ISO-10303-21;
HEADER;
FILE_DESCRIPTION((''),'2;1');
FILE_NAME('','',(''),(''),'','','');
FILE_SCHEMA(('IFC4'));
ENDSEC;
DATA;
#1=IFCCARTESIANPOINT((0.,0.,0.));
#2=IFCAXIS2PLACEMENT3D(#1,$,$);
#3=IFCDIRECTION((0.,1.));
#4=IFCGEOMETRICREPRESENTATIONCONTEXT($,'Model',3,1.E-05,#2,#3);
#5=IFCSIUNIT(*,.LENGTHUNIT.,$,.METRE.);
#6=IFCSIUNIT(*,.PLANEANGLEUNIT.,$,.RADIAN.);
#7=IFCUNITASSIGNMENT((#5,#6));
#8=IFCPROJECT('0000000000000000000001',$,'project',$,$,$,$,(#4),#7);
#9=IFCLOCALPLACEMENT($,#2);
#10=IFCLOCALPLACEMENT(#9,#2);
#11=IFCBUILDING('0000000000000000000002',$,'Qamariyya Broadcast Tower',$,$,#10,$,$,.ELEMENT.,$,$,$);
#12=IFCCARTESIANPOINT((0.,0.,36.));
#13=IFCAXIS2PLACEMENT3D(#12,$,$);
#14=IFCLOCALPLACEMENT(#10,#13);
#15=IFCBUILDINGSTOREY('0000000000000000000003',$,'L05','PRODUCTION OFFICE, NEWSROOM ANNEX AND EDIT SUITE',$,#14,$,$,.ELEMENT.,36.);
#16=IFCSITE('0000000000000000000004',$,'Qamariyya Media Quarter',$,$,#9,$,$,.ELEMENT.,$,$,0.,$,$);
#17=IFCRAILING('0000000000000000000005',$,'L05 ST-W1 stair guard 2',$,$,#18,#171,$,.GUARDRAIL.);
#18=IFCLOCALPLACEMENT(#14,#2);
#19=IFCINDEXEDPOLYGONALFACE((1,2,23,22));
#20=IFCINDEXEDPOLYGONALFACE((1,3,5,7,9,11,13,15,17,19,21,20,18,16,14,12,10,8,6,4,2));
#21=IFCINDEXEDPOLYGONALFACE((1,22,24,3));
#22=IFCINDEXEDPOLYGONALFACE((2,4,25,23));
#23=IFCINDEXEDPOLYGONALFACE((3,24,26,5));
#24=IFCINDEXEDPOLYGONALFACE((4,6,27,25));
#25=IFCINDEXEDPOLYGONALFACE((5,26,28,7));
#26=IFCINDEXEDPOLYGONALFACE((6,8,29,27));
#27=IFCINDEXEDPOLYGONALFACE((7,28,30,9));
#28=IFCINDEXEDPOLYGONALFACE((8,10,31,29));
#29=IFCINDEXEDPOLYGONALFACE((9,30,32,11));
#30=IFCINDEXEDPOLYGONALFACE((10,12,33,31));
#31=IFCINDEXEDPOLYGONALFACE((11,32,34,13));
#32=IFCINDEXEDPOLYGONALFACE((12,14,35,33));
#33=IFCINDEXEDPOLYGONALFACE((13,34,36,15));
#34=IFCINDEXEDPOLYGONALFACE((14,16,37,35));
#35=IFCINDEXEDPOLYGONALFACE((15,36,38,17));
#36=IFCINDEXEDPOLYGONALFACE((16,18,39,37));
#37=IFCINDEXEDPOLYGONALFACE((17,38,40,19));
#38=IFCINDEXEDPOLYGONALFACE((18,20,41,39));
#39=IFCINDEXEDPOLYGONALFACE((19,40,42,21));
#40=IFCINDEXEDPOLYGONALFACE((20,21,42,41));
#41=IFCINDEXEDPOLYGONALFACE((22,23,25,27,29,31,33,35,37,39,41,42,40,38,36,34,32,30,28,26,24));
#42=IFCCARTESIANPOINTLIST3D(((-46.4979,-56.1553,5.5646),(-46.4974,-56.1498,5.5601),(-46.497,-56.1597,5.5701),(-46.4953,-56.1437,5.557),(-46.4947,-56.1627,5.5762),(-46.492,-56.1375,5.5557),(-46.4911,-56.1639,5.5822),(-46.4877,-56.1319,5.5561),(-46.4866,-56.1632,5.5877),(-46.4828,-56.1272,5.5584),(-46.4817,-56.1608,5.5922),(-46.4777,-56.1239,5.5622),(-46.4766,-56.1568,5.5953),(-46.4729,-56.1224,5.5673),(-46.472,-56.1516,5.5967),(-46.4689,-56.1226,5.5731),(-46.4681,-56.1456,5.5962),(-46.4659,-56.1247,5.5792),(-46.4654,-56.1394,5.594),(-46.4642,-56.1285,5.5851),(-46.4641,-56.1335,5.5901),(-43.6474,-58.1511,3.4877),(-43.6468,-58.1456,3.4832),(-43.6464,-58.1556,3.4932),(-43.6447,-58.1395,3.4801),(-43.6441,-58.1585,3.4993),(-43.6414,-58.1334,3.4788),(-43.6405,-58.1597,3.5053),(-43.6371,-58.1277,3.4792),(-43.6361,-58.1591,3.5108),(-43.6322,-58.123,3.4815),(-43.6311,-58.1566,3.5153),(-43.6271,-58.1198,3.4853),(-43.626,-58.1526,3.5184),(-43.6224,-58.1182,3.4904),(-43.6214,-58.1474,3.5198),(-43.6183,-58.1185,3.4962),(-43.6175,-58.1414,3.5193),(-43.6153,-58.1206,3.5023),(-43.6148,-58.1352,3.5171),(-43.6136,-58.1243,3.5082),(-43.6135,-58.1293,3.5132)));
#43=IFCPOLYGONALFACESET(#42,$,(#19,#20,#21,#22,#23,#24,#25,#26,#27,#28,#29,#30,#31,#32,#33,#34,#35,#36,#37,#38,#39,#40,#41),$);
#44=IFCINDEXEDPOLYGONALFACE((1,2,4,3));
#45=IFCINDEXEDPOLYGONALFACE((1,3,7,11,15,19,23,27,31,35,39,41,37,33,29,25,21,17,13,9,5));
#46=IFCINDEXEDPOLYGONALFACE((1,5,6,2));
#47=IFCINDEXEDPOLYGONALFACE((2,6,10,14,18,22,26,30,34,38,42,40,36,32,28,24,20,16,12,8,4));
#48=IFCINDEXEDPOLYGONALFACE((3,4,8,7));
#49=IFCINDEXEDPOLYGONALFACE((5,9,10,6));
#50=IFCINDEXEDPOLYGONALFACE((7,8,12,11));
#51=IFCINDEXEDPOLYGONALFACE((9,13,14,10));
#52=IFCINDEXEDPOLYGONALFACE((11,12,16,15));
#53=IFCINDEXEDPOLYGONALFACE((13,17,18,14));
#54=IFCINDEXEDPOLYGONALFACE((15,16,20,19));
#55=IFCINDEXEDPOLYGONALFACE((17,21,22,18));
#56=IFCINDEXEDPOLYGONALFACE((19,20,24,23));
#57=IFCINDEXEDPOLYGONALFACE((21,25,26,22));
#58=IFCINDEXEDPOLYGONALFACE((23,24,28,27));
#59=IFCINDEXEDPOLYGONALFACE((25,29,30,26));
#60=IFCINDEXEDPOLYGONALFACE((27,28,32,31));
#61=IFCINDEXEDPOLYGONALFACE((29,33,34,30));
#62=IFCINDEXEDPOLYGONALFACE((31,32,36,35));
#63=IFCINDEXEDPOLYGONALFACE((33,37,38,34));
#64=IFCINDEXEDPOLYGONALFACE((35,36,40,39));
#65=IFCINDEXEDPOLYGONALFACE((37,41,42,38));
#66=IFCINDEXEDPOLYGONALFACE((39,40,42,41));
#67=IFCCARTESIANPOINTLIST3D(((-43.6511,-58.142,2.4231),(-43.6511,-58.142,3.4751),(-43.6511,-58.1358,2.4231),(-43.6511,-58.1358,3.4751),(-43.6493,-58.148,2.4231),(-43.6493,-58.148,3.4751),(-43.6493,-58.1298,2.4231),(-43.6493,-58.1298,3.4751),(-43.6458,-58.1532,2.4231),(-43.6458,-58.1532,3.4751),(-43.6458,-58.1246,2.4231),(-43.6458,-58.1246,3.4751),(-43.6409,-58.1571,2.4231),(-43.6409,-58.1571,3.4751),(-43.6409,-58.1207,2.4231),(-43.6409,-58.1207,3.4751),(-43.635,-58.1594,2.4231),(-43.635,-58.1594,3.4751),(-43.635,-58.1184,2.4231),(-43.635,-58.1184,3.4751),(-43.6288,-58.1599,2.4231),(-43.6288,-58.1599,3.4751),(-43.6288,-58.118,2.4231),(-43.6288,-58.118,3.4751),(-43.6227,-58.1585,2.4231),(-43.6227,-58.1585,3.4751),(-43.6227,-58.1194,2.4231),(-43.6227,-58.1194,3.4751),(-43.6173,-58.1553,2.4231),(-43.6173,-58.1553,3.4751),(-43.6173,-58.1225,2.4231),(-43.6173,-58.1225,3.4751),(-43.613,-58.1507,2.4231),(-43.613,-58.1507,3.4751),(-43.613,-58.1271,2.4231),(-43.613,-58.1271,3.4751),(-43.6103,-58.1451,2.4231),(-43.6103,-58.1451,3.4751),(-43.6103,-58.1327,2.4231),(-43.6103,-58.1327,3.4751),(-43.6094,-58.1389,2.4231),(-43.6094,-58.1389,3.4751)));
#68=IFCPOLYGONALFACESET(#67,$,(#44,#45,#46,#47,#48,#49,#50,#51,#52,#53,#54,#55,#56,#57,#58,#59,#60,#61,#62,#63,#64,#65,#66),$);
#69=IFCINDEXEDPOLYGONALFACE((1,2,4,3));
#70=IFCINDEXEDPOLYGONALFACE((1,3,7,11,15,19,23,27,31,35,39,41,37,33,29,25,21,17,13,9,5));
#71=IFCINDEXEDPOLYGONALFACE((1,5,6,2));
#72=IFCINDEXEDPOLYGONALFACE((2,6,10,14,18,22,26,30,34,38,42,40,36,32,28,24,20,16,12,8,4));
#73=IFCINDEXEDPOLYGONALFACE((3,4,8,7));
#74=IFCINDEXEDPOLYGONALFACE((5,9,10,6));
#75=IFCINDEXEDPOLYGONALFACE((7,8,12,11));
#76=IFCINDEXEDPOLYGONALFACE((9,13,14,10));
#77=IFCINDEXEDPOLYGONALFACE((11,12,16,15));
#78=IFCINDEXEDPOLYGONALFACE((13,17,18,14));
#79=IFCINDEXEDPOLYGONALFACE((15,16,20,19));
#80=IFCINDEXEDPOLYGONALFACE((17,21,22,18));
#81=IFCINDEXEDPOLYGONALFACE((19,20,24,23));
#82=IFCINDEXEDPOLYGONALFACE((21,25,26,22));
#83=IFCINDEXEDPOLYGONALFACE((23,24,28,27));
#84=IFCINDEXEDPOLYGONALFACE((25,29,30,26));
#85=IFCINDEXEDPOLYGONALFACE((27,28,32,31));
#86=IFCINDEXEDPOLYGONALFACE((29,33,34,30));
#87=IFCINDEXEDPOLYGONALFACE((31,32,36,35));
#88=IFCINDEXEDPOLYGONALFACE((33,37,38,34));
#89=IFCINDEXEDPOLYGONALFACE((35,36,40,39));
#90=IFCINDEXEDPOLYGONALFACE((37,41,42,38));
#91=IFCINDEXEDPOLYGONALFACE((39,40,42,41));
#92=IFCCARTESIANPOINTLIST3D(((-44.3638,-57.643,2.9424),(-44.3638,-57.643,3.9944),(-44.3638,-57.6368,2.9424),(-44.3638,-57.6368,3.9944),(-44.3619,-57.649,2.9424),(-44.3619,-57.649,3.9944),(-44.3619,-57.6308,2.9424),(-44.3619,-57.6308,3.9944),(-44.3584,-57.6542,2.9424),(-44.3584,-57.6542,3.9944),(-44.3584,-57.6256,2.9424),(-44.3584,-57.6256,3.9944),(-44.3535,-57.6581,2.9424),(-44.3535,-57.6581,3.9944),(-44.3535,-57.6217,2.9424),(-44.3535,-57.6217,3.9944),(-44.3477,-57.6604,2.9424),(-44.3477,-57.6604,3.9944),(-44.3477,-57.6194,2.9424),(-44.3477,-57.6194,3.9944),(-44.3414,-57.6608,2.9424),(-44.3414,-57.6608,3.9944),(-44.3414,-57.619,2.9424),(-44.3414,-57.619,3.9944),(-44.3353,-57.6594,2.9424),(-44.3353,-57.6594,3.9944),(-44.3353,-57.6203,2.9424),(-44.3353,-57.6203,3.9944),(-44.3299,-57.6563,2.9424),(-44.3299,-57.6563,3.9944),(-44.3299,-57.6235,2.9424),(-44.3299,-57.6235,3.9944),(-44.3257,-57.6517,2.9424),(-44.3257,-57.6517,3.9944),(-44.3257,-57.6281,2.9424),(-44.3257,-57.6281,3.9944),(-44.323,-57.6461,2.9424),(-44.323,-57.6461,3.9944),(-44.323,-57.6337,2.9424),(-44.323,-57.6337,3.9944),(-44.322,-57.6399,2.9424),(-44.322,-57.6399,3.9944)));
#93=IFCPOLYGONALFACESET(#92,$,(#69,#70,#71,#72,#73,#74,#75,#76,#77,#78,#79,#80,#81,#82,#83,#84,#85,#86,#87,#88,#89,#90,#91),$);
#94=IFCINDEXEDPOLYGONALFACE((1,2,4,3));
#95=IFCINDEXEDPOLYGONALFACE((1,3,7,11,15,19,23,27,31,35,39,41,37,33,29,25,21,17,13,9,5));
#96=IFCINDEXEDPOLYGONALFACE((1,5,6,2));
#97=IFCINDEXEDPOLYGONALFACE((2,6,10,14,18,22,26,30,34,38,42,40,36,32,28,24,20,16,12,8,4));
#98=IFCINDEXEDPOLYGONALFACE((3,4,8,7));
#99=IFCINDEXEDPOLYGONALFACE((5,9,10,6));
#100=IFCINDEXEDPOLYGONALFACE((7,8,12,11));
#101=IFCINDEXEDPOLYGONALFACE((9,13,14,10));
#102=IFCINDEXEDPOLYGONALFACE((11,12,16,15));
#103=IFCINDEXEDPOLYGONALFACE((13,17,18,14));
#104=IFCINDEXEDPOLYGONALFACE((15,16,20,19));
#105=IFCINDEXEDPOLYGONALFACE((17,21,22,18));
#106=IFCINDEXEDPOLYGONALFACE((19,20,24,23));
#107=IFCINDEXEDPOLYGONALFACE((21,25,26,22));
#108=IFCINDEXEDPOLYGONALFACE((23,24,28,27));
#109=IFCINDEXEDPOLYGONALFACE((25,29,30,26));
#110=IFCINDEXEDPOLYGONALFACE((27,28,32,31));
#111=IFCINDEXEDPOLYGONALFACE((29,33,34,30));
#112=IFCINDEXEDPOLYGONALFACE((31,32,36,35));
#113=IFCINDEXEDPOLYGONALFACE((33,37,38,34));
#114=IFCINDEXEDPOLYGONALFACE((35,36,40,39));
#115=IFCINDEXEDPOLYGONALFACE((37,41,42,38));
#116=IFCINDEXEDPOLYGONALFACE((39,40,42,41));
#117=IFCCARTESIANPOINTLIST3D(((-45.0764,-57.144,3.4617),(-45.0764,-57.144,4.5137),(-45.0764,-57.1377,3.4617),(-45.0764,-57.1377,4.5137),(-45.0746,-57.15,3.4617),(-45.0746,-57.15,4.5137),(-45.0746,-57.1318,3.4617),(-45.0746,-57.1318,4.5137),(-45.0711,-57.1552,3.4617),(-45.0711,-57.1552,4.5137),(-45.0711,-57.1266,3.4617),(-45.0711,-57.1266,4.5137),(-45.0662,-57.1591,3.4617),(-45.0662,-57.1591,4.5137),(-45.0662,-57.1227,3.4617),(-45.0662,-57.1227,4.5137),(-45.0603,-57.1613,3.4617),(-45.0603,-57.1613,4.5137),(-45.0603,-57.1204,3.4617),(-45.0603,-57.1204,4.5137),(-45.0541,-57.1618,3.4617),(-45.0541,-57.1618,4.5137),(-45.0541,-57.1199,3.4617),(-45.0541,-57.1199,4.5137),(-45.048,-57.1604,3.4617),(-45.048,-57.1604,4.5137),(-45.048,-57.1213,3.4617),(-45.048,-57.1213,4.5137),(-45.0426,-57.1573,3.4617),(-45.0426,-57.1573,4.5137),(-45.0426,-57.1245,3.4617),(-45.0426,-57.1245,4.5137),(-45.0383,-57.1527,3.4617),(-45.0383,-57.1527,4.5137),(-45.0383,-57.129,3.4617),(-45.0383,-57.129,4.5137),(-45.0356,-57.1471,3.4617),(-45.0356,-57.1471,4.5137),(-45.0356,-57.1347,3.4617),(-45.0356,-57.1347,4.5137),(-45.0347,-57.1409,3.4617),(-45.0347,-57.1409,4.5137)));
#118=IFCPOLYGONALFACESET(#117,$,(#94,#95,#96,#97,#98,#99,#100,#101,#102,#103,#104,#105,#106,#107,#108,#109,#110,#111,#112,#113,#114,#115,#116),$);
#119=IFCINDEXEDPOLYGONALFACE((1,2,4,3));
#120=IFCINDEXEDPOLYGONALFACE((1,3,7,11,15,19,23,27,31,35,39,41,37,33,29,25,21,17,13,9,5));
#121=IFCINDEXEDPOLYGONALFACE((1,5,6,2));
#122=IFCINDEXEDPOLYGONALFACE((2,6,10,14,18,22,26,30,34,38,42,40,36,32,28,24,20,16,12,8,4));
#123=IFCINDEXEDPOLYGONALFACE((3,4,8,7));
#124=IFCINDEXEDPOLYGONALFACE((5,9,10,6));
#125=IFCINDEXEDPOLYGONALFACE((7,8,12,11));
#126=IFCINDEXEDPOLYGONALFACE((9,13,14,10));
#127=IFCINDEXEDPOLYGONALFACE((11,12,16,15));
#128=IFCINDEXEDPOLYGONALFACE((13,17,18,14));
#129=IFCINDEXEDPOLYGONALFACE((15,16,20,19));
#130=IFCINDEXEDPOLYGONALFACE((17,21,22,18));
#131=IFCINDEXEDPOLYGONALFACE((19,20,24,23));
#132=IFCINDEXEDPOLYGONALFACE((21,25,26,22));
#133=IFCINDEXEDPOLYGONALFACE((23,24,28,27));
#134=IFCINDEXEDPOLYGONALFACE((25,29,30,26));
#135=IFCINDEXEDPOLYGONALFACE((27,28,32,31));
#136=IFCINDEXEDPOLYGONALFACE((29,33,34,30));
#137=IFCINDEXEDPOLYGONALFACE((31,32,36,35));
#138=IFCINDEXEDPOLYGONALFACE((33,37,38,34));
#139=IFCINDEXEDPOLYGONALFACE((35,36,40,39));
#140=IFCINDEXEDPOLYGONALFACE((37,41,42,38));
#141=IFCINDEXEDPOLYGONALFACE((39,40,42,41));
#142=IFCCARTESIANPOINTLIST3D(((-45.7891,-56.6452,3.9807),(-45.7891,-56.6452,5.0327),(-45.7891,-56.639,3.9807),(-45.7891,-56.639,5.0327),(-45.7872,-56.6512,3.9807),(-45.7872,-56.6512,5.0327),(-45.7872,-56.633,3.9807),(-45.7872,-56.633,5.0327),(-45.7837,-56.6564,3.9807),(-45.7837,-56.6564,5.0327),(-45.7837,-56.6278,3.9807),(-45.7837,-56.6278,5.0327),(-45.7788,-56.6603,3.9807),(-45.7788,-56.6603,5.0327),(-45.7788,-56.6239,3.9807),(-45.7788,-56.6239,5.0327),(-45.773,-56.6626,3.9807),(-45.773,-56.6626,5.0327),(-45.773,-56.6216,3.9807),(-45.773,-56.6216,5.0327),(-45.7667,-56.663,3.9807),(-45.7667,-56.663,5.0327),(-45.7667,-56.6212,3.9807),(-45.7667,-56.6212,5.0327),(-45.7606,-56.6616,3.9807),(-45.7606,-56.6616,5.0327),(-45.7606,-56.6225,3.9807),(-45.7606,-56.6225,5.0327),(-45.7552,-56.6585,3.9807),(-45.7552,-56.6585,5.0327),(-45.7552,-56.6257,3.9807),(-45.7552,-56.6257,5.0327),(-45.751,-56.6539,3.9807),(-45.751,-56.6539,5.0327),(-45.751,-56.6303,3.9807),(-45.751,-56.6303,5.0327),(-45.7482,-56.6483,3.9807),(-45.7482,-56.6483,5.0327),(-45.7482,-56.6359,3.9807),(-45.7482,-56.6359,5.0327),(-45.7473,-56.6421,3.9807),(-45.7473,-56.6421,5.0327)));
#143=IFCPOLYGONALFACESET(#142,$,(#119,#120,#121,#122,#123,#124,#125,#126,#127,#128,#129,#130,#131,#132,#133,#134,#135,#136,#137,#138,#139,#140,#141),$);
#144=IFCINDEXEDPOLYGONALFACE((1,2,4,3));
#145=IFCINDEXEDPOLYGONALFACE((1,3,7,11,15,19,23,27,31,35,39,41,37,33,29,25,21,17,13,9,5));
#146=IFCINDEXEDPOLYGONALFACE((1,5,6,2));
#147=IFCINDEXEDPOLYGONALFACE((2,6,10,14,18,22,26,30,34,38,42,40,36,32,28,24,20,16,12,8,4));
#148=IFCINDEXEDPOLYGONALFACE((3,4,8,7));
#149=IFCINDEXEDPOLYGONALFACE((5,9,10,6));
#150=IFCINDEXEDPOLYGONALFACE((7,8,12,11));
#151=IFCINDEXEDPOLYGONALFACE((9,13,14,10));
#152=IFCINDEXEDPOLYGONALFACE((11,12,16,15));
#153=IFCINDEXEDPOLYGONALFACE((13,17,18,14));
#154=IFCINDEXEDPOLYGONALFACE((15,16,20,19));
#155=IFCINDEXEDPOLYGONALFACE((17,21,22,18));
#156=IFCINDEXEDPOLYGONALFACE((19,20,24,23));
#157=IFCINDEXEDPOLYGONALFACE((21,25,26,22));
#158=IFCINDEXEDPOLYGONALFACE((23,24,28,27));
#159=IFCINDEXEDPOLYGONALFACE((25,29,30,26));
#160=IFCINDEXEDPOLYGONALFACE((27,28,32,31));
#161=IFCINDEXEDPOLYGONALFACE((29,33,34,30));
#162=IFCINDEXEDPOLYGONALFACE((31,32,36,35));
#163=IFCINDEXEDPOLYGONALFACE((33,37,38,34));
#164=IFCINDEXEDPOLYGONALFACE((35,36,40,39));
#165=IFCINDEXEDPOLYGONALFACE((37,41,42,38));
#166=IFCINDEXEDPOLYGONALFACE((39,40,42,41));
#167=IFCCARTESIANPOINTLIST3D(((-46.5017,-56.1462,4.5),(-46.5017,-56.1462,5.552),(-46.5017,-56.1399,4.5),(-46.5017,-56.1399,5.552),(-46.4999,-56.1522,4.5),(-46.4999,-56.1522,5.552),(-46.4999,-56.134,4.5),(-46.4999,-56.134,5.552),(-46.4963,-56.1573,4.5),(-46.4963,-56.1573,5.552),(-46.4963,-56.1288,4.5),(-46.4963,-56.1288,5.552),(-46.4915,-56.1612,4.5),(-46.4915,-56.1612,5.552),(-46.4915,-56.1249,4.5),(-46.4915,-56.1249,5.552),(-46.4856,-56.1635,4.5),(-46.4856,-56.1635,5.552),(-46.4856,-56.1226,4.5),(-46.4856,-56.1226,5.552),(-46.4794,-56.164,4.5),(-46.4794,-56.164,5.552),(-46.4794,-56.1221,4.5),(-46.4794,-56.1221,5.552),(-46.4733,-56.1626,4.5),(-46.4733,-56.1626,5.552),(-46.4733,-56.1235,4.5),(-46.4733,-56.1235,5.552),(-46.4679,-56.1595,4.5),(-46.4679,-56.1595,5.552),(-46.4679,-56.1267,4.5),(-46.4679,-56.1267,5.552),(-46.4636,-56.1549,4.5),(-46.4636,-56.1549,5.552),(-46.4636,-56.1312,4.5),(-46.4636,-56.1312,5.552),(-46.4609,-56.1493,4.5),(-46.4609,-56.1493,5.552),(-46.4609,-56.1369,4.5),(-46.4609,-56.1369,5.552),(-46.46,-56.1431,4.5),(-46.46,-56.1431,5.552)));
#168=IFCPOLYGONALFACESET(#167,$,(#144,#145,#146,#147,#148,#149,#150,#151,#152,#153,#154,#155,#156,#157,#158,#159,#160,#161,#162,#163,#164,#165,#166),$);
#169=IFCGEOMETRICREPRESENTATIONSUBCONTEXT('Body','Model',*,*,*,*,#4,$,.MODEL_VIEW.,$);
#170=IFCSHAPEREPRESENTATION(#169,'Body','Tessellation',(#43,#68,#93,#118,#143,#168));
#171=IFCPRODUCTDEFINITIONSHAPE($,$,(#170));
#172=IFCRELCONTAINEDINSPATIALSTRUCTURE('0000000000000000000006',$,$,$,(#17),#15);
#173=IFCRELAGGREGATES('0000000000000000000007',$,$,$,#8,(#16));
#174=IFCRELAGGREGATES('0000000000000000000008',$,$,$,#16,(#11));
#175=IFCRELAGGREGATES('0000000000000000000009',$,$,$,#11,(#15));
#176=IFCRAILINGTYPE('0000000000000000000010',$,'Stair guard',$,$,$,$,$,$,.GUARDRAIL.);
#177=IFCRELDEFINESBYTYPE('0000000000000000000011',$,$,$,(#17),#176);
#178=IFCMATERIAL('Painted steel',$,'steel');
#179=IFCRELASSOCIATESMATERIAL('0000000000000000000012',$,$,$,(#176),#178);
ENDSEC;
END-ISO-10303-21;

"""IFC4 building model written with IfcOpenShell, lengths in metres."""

from ifc_helpers import new_model, si_unit, direction, frame, origin, origin_2d, place, context, subcontext, project, spatial, circle, extrude, material, type_object, element, save


model = new_model("IFC4")

# Units and contexts
model_context = context("Model", 3, precision=1e-05, world=origin(), true_north=direction((0.0, 1.0)))
body_context = subcontext(model_context, "Body", "Model", "MODEL_VIEW")
ifc_project = project(units=[si_unit("LENGTHUNIT", "METRE"), si_unit("PLANEANGLEUNIT", "RADIAN")], contexts=[model_context])

# Site, building, storey
site_placement = place(None, origin())
site = spatial("IfcSite", under=ifc_project, at=site_placement, Name="Qamariyya Media Quarter", CompositionType="ELEMENT", RefElevation=0.0)
building_placement = place(site_placement, origin())
building = spatial("IfcBuilding", under=site, at=building_placement, Name="Qamariyya Broadcast Tower", CompositionType="ELEMENT")
storey_placement = place(building_placement, frame((0.0, 0.0, 36.0)))
storey = spatial("IfcBuildingStorey", under=building, at=storey_placement, Name="L05", Description="PRODUCTION OFFICE, NEWSROOM ANNEX AND EDIT SUITE", CompositionType="ELEMENT", Elevation=36.0)

# Railing
ifc_material_1 = material(Name="Painted steel", Category="steel")
railing_type_1 = type_object("IfcRailingType", Name="Stair guard", PredefinedType="GUARDRAIL", material=ifc_material_1)
railing_1_placement = place(storey_placement, frame((-43.6304, -58.1389, 2.4231)))
element("IfcRailing", 1, at=railing_1_placement, inside=storey, type_object=railing_type_1, Name="L05 ST-W1 stair guard 2", PredefinedType="GUARDRAIL", context=body_context, shape_type="SweptSolid", body=[
    extrude(circle(Radius=0.0239, at=origin_2d()), frame((0.0, 0.0, 1.0762), z_axis=(-0.703414, 0.492498, 0.512499), x_axis=(-0.573547, -0.819173, 0.0)), (0.0, 0.0, 1.0), 4.0525),
    extrude(circle(Radius=0.021, at=origin_2d()), origin(), (0.0, 0.0, 1.0), 1.052),
    extrude(circle(Radius=0.021, at=origin_2d()), frame((-0.7126, 0.499, 0.5193)), (0.0, 0.0, 1.0), 1.052),
    extrude(circle(Radius=0.021, at=origin_2d()), frame((-1.4253, 0.998, 1.0386)), (0.0, 0.0, 1.0), 1.052),
    extrude(circle(Radius=0.021, at=origin_2d()), frame((-2.1379, 1.4968, 1.5576)), (0.0, 0.0, 1.0), 1.052),
    extrude(circle(Radius=0.021, at=origin_2d()), frame((-2.8506, 1.9958, 2.0769)), (0.0, 0.0, 1.0), 1.052),
])

save(model, "model.ifc")
